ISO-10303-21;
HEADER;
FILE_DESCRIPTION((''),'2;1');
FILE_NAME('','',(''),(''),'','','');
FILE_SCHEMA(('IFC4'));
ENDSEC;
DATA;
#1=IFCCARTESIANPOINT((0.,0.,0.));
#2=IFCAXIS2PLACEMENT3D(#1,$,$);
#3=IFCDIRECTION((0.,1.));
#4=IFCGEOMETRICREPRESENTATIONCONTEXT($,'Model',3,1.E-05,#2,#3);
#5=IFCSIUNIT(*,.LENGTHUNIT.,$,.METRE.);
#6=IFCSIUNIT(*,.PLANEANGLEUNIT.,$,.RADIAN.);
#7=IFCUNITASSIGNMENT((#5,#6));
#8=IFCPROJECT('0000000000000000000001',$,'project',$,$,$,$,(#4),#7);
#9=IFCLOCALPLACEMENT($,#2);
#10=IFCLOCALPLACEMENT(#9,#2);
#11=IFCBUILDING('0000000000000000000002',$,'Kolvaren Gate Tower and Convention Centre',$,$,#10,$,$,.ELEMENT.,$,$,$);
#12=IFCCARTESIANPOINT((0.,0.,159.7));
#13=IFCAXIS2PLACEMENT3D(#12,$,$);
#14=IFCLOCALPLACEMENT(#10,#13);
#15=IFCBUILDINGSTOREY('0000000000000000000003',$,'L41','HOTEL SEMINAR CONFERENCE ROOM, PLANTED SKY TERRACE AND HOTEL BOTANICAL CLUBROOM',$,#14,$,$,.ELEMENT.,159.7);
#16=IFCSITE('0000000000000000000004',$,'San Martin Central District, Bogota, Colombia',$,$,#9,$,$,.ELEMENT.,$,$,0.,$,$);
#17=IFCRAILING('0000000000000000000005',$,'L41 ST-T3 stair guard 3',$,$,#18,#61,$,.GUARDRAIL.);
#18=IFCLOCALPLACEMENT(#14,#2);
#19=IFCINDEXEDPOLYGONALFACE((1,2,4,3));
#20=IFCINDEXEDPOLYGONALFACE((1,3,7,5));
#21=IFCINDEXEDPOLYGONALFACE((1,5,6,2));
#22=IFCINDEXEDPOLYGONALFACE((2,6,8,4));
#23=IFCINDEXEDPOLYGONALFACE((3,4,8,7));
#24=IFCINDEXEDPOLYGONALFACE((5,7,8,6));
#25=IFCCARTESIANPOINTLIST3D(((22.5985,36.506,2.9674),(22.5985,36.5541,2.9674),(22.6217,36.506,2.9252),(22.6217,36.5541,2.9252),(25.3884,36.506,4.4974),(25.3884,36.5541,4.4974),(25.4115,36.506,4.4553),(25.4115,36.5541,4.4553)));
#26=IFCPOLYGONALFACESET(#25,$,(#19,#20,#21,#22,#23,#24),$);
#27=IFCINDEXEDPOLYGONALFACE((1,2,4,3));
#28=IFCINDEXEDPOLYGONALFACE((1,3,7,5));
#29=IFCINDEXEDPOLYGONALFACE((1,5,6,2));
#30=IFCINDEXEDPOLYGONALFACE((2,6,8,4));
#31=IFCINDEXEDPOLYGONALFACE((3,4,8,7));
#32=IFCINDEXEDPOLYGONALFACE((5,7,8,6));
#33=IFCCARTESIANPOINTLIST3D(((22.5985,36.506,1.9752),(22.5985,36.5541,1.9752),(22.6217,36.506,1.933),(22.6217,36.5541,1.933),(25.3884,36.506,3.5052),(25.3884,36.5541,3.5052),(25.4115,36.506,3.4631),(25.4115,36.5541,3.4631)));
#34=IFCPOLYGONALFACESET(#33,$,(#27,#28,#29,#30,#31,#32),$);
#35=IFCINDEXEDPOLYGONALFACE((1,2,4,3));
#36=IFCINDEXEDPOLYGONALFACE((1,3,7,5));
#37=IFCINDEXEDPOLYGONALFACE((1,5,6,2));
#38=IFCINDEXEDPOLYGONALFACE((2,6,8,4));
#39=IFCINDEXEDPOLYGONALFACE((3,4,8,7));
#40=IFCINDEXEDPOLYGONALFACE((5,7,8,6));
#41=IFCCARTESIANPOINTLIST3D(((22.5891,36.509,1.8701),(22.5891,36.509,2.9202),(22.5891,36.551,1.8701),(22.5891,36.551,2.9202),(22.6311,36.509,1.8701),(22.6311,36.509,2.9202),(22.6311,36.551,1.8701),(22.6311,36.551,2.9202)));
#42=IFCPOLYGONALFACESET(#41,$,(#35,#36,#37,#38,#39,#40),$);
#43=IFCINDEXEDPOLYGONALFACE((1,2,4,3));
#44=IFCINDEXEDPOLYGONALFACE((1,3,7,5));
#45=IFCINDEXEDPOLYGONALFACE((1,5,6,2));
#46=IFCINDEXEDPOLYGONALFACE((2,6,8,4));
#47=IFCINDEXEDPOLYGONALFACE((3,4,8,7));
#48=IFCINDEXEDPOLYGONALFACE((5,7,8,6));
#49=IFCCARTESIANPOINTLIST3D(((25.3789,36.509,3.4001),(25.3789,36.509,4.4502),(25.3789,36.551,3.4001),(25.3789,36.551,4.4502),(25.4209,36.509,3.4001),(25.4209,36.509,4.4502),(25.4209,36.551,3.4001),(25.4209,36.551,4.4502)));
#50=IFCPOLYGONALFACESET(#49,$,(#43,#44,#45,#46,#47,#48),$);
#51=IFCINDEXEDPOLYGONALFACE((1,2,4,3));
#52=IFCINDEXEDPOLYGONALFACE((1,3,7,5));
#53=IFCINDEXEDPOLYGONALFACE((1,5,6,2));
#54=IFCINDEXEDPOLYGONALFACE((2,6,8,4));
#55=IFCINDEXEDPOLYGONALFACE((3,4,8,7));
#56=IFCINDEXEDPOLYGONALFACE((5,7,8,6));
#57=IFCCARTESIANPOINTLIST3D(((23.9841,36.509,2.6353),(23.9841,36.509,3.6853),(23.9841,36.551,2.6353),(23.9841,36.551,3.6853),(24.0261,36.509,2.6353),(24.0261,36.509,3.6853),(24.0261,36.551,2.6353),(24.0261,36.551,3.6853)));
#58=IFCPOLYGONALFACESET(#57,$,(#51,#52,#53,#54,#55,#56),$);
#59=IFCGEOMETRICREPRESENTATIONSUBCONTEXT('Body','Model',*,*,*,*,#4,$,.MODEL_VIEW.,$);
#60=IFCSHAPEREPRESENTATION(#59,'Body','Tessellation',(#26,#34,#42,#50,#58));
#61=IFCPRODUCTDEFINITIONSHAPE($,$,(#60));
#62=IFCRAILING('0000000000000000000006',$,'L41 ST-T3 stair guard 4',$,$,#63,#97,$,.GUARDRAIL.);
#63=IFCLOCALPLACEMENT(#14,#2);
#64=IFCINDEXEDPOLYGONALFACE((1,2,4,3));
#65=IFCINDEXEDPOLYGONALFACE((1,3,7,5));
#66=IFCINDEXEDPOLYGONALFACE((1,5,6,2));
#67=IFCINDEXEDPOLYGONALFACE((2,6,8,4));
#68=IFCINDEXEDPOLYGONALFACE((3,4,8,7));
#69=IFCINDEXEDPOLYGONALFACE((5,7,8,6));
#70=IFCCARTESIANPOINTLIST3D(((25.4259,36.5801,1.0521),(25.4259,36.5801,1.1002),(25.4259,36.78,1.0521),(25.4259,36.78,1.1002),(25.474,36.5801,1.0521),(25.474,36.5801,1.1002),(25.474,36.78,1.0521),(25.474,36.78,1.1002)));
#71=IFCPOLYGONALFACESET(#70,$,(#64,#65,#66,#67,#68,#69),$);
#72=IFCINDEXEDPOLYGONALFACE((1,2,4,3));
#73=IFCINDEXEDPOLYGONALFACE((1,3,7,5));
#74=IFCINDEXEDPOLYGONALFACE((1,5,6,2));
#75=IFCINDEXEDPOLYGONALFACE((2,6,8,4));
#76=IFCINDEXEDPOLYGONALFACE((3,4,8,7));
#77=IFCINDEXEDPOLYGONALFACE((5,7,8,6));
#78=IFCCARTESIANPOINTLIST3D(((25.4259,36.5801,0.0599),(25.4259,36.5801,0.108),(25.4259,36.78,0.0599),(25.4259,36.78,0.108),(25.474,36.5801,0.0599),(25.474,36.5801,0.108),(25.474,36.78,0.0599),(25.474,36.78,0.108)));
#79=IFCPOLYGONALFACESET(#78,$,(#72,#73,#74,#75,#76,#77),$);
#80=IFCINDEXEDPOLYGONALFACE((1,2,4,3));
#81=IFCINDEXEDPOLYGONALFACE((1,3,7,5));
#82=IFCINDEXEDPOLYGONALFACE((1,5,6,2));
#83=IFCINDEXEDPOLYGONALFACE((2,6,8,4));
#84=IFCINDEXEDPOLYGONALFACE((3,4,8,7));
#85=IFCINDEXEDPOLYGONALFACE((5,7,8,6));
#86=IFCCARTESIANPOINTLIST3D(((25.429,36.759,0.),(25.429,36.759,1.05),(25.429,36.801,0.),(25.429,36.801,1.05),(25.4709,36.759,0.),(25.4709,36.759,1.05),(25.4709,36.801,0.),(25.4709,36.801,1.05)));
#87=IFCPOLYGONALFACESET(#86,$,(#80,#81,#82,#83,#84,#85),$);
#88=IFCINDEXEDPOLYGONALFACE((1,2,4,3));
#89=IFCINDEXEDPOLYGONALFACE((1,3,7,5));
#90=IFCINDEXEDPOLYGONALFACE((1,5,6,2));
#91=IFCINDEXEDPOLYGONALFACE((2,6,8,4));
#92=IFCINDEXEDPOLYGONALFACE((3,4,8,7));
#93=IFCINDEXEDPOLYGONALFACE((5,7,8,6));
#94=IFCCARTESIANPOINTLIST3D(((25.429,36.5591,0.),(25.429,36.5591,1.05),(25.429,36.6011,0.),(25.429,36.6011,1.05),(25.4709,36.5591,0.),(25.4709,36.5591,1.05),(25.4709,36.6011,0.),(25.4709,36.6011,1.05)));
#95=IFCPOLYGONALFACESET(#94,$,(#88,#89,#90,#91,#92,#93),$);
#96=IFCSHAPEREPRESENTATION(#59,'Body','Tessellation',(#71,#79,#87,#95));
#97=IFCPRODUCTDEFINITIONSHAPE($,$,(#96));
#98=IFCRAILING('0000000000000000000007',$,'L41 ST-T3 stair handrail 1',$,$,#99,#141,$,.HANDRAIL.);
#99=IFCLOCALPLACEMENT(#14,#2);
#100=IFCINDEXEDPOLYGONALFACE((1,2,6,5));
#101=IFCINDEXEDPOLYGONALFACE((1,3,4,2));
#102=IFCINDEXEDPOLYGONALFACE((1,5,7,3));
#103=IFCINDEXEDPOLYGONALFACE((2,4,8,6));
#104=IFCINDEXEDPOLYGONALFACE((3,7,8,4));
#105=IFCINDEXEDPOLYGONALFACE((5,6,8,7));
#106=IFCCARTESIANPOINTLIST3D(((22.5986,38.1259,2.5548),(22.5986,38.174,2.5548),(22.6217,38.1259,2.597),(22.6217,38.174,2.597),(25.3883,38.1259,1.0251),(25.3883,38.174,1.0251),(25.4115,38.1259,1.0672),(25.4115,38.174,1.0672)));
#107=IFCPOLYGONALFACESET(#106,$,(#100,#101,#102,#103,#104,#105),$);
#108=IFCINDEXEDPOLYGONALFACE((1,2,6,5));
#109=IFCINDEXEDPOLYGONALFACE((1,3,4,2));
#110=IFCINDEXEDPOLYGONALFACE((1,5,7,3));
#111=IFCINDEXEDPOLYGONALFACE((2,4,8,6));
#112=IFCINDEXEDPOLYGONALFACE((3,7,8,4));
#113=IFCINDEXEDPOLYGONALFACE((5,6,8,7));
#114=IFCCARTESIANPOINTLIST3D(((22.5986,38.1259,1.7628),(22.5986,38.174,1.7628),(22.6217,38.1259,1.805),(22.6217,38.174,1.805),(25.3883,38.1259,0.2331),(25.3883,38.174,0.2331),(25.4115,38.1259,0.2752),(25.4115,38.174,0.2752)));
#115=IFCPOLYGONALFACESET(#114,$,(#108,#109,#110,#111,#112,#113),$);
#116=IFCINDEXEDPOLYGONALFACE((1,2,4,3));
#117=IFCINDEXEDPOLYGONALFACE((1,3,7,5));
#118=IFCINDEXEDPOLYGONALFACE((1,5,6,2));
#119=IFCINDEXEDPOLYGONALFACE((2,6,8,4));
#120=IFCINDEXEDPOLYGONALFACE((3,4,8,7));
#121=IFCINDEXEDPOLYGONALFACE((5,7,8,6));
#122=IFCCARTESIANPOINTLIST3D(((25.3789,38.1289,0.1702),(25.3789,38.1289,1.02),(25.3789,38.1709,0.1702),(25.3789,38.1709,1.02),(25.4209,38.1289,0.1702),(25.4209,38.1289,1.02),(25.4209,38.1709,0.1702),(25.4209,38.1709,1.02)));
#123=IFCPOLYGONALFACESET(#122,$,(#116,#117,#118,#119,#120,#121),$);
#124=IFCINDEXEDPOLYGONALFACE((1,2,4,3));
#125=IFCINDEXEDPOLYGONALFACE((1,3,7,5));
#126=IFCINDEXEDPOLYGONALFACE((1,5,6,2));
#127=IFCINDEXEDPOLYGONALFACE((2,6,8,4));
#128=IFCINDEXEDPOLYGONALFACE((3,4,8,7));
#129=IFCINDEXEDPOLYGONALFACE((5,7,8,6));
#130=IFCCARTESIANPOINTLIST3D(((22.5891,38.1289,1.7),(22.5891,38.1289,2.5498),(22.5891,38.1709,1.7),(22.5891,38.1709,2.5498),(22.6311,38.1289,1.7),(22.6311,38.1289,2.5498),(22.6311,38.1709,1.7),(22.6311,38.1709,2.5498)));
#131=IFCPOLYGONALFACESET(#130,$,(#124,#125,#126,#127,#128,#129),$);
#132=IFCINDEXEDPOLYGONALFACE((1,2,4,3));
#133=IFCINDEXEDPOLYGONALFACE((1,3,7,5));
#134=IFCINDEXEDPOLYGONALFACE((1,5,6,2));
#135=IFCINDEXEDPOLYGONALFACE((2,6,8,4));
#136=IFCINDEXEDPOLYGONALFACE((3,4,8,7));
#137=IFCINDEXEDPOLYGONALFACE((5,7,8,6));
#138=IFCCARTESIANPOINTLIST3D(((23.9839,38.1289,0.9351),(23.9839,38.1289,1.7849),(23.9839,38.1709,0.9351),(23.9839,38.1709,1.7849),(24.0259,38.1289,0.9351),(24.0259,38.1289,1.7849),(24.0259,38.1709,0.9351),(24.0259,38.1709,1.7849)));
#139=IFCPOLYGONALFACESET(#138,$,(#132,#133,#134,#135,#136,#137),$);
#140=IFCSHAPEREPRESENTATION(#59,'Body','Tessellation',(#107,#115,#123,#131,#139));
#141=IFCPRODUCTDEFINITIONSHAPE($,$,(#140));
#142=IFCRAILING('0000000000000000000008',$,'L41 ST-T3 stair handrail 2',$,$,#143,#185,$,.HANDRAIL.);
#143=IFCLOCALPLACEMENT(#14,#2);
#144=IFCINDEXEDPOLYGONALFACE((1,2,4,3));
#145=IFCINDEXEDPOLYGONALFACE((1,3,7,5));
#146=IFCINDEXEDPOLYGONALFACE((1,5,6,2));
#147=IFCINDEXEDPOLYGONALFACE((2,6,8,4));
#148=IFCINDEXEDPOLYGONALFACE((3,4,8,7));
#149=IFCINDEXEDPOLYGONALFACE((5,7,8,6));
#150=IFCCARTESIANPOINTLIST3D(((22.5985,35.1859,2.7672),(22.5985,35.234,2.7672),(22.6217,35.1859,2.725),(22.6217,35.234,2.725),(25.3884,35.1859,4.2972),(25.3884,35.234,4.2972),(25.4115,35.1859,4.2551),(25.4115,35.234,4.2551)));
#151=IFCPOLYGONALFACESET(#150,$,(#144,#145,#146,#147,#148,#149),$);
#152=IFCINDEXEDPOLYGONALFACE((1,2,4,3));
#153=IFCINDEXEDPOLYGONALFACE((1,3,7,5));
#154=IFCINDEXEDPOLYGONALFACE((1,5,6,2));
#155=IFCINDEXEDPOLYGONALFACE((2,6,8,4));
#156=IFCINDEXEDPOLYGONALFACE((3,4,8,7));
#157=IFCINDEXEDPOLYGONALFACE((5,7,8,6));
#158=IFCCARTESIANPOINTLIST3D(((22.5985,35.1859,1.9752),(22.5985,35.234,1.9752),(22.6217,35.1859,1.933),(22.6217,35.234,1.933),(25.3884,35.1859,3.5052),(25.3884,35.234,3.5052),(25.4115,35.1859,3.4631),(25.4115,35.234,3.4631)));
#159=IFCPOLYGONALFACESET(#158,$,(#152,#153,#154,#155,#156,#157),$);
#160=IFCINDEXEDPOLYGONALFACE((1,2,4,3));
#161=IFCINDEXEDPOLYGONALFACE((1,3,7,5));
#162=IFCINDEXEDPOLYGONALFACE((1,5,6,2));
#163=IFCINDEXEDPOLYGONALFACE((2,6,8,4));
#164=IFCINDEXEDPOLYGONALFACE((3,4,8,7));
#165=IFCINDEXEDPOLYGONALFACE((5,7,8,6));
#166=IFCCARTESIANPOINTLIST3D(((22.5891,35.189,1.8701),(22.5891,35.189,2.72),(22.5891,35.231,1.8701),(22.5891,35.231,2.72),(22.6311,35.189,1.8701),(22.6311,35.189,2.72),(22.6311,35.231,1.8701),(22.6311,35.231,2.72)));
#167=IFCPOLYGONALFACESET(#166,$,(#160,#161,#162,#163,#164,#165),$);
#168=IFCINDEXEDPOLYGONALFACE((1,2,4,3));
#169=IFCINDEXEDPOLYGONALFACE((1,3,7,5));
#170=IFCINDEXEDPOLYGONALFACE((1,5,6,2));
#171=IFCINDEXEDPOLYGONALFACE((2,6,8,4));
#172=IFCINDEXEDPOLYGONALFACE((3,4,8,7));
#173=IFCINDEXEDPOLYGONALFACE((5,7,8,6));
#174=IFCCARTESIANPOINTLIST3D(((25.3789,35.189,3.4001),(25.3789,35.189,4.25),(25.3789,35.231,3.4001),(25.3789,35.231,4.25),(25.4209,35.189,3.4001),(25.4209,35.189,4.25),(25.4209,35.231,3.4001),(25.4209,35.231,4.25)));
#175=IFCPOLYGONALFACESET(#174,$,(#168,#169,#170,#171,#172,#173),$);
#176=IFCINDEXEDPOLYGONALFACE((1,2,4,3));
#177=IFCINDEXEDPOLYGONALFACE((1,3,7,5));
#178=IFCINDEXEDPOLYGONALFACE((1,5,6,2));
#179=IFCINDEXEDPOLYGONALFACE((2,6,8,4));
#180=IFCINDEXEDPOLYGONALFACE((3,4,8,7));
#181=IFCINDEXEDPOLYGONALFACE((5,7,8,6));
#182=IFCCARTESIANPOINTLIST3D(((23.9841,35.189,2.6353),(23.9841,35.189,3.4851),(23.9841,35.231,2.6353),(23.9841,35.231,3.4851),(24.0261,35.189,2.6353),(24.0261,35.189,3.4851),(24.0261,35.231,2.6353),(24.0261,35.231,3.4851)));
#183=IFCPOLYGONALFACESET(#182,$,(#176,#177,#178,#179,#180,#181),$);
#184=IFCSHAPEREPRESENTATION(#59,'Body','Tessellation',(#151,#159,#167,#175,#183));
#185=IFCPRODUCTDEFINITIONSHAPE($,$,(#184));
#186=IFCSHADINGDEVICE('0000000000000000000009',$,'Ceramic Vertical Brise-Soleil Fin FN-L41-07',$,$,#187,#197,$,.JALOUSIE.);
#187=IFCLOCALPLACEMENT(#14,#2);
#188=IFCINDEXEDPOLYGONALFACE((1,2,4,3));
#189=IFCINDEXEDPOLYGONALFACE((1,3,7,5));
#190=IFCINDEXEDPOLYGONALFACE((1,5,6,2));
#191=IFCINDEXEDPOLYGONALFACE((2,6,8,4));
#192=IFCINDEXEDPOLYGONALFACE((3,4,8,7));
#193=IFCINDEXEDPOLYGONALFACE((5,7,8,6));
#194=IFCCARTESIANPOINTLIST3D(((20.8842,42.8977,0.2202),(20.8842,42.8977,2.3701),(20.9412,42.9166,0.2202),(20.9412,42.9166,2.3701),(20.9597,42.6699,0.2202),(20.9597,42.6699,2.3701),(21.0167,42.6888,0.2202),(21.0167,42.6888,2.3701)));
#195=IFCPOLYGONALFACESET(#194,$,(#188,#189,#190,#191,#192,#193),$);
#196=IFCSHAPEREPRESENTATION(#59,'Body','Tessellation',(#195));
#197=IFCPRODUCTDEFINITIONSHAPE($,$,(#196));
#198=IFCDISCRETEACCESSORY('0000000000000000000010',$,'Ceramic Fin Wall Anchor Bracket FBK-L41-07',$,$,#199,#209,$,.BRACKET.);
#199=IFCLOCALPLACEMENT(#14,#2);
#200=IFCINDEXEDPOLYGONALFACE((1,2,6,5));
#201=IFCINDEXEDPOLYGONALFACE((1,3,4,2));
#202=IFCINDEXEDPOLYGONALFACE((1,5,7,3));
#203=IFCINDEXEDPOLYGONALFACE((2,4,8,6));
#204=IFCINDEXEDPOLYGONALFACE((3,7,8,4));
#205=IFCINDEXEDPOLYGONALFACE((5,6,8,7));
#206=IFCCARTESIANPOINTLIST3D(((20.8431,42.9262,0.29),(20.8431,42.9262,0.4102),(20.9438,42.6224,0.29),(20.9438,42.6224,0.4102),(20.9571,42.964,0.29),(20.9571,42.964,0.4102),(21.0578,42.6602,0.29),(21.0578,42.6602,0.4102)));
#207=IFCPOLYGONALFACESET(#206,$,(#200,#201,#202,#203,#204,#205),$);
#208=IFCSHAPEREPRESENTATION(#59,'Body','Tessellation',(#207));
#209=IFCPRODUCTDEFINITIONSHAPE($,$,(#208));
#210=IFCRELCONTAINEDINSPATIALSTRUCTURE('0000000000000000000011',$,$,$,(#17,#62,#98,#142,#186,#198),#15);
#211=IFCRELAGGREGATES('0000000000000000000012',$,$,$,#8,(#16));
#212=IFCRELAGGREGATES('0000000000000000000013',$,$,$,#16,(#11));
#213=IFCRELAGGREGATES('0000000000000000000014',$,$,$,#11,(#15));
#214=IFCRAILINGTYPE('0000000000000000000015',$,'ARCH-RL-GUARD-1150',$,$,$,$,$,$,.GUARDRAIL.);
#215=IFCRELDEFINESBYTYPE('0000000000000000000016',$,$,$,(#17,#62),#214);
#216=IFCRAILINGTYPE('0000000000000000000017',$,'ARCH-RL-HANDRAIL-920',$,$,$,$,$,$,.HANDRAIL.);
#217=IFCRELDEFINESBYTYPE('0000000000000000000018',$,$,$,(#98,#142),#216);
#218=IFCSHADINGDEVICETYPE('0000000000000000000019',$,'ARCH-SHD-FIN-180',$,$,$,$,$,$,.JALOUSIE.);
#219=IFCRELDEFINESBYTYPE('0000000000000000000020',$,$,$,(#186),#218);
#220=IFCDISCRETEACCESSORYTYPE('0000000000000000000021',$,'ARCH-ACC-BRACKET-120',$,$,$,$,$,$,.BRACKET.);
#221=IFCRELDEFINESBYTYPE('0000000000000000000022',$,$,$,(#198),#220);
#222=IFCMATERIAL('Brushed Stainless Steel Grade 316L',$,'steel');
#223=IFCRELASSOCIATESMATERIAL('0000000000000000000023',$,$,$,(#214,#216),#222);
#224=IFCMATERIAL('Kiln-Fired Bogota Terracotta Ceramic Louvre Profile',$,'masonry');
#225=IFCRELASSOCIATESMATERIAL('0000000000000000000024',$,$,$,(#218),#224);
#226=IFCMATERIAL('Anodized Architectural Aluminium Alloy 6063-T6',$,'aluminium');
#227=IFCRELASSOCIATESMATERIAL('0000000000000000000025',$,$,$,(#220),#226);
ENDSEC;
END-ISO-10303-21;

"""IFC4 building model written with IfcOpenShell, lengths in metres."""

from ifc_helpers import new_model, si_unit, direction, frame, origin, origin_2d, place, context, subcontext, project, spatial, rectangle, extrude, material, type_object, element, save


model = new_model("IFC4")

# Units and contexts
model_context = context("Model", 3, precision=1e-05, world=origin(), true_north=direction((0.0, 1.0)))
body_context = subcontext(model_context, "Body", "Model", "MODEL_VIEW")
ifc_project = project(units=[si_unit("LENGTHUNIT", "METRE"), si_unit("PLANEANGLEUNIT", "RADIAN")], contexts=[model_context])

# Site, building, storey
site_placement = place(None, origin())
site = spatial("IfcSite", under=ifc_project, at=site_placement, Name="San Martin Central District, Bogota, Colombia", CompositionType="ELEMENT", RefElevation=0.0)
building_placement = place(site_placement, origin())
building = spatial("IfcBuilding", under=site, at=building_placement, Name="Kolvaren Gate Tower and Convention Centre", CompositionType="ELEMENT")
storey_placement = place(building_placement, frame((0.0, 0.0, 159.7)))
storey = spatial("IfcBuildingStorey", under=building, at=storey_placement, Name="L41", Description="HOTEL SEMINAR CONFERENCE ROOM, PLANTED SKY TERRACE AND HOTEL BOTANICAL CLUBROOM", CompositionType="ELEMENT", Elevation=159.7)

# Railings
ifc_material_1 = material(Name="Brushed Stainless Steel Grade 316L", Category="steel")
railing_type_1 = type_object("IfcRailingType", Name="ARCH-RL-GUARD-1150", PredefinedType="GUARDRAIL", material=ifc_material_1)
railing_1_placement = place(storey_placement, frame((22.6101, 36.53, 1.8701)))
element("IfcRailing", 1, at=railing_1_placement, inside=storey, type_object=railing_type_1, Name="L41 ST-T3 stair guard 3", PredefinedType="GUARDRAIL", context=body_context, shape_type="SweptSolid", body=[
    extrude(rectangle(XDim=0.0481, YDim=0.0481, at=origin_2d()), frame((0.0, 0.0, 1.0762), z_axis=(0.876794, 0.0, 0.480867), x_axis=(0.0, 1.0, 0.0)), (0.0, 0.0, 1.0), 3.1819),
    extrude(rectangle(XDim=0.0481, YDim=0.0481, at=origin_2d()), frame((0.0, 0.0, 0.084), z_axis=(0.876794, 0.0, 0.480867), x_axis=(0.0, 1.0, 0.0)), (0.0, 0.0, 1.0), 3.1819),
    extrude(rectangle(XDim=0.042, YDim=0.042, at=origin_2d()), origin(), (0.0, 0.0, 1.0), 1.05),
    extrude(rectangle(XDim=0.042, YDim=0.042, at=origin_2d()), frame((2.7898, 0.0, 1.53)), (0.0, 0.0, 1.0), 1.05),
    extrude(rectangle(XDim=0.042, YDim=0.042, at=origin_2d()), frame((1.395, 0.0, 0.7651)), (0.0, 0.0, 1.0), 1.05),
])
railing_2_placement = place(storey_placement, frame((25.45, 36.78, 0.0)))
element("IfcRailing", 2, at=railing_2_placement, inside=storey, type_object=railing_type_1, Name="L41 ST-T3 stair guard 4", PredefinedType="GUARDRAIL", context=body_context, shape_type="SweptSolid", body=[
    extrude(rectangle(XDim=0.0481, YDim=0.0481, at=origin_2d()), frame((0.0, 0.0, 1.0762), z_axis=(0.0, -1.0, 0.0), x_axis=(1.0, 0.0, 0.0)), (0.0, 0.0, 1.0), 0.2),
    extrude(rectangle(XDim=0.0481, YDim=0.0481, at=origin_2d()), frame((0.0, 0.0, 0.084), z_axis=(0.0, -1.0, 0.0), x_axis=(1.0, 0.0, 0.0)), (0.0, 0.0, 1.0), 0.2),
    extrude(rectangle(XDim=0.042, YDim=0.042, at=origin_2d()), origin(), (0.0, 0.0, 1.0), 1.05),
    extrude(rectangle(XDim=0.042, YDim=0.042, at=origin_2d()), frame((0.0, -0.2, 0.0)), (0.0, 0.0, 1.0), 1.05),
])
railing_type_2 = type_object("IfcRailingType", Name="ARCH-RL-HANDRAIL-920", PredefinedType="HANDRAIL", material=ifc_material_1)
railing_3_placement = place(storey_placement, frame((25.3999, 38.1499, 0.1702)))
element("IfcRailing", 3, at=railing_3_placement, inside=storey, type_object=railing_type_2, Name="L41 ST-T3 stair handrail 1", PredefinedType="HANDRAIL", context=body_context, shape_type="SweptSolid", body=[
    extrude(rectangle(XDim=0.0481, YDim=0.0481, at=origin_2d()), frame((0.0, 0.0, 0.876), z_axis=(-0.876826, 0.0, 0.480808), x_axis=(0.0, -1.0, 0.0)), (0.0, 0.0, 1.0), 3.1816),
    extrude(rectangle(XDim=0.0481, YDim=0.0481, at=origin_2d()), frame((0.0, 0.0, 0.084), z_axis=(-0.876826, 0.0, 0.480808), x_axis=(0.0, -1.0, 0.0)), (0.0, 0.0, 1.0), 3.1816),
    extrude(rectangle(XDim=0.042, YDim=0.042, at=origin_2d()), origin(), (0.0, 0.0, 1.0), 0.8499),
    extrude(rectangle(XDim=0.042, YDim=0.042, at=origin_2d()), frame((-2.7898, 0.0, 1.5298)), (0.0, 0.0, 1.0), 0.8499),
    extrude(rectangle(XDim=0.042, YDim=0.042, at=origin_2d()), frame((-1.395, 0.0, 0.7649)), (0.0, 0.0, 1.0), 0.8499),
])
railing_4_placement = place(storey_placement, frame((22.6101, 35.21, 1.8701)))
element("IfcRailing", 4, at=railing_4_placement, inside=storey, type_object=railing_type_2, Name="L41 ST-T3 stair handrail 2", PredefinedType="HANDRAIL", context=body_context, shape_type="SweptSolid", body=[
    extrude(rectangle(XDim=0.0481, YDim=0.0481, at=origin_2d()), frame((0.0, 0.0, 0.876), z_axis=(0.876794, 0.0, 0.480867), x_axis=(0.0, 1.0, 0.0)), (0.0, 0.0, 1.0), 3.1819),
    extrude(rectangle(XDim=0.0481, YDim=0.0481, at=origin_2d()), frame((0.0, 0.0, 0.084), z_axis=(0.876794, 0.0, 0.480867), x_axis=(0.0, 1.0, 0.0)), (0.0, 0.0, 1.0), 3.1819),
    extrude(rectangle(XDim=0.042, YDim=0.042, at=origin_2d()), origin(), (0.0, 0.0, 1.0), 0.8499),
    extrude(rectangle(XDim=0.042, YDim=0.042, at=origin_2d()), frame((2.7898, 0.0, 1.53)), (0.0, 0.0, 1.0), 0.8499),
    extrude(rectangle(XDim=0.042, YDim=0.042, at=origin_2d()), frame((1.395, 0.0, 0.7651)), (0.0, 0.0, 1.0), 0.8499),
])

# Shading device
ifc_material_2 = material(Name="Kiln-Fired Bogota Terracotta Ceramic Louvre Profile", Category="masonry")
shading_device_type = type_object("IfcShadingDeviceType", Name="ARCH-SHD-FIN-180", PredefinedType="JALOUSIE", material=ifc_material_2)
shading_device_placement = place(storey_placement, frame((20.9504, 42.7932, 0.2202), z_axis=(0.0, 0.0, 1.0), x_axis=(0.949238, 0.314559, 0.0)))
element("IfcShadingDevice", 5, at=shading_device_placement, inside=storey, type_object=shading_device_type, Name="Ceramic Vertical Brise-Soleil Fin FN-L41-07", PredefinedType="JALOUSIE", context=body_context, shape_type="SweptSolid", body=[
    extrude(rectangle(XDim=0.0601, YDim=0.24, at=origin_2d()), origin(), (0.0, 0.0, 1.0), 2.1499),
])

# Discrete accessory
ifc_material_3 = material(Name="Anodized Architectural Aluminium Alloy 6063-T6", Category="aluminium")
discrete_accessory_type = type_object("IfcDiscreteAccessoryType", Name="ARCH-ACC-BRACKET-120", PredefinedType="BRACKET", material=ifc_material_3)
discrete_accessory_placement = place(storey_placement, frame((20.9504, 42.7932, 0.29), z_axis=(0.0, 0.0, 1.0), x_axis=(0.949238, 0.314559, 0.0)))
element("IfcDiscreteAccessory", 6, at=discrete_accessory_placement, inside=storey, type_object=discrete_accessory_type, Name="Ceramic Fin Wall Anchor Bracket FBK-L41-07", PredefinedType="BRACKET", context=body_context, shape_type="SweptSolid", body=[
    extrude(rectangle(XDim=0.1201, YDim=0.3201, at=origin_2d()), origin(), (0.0, 0.0, 1.0), 0.1201),
])

save(model, "model.ifc")
